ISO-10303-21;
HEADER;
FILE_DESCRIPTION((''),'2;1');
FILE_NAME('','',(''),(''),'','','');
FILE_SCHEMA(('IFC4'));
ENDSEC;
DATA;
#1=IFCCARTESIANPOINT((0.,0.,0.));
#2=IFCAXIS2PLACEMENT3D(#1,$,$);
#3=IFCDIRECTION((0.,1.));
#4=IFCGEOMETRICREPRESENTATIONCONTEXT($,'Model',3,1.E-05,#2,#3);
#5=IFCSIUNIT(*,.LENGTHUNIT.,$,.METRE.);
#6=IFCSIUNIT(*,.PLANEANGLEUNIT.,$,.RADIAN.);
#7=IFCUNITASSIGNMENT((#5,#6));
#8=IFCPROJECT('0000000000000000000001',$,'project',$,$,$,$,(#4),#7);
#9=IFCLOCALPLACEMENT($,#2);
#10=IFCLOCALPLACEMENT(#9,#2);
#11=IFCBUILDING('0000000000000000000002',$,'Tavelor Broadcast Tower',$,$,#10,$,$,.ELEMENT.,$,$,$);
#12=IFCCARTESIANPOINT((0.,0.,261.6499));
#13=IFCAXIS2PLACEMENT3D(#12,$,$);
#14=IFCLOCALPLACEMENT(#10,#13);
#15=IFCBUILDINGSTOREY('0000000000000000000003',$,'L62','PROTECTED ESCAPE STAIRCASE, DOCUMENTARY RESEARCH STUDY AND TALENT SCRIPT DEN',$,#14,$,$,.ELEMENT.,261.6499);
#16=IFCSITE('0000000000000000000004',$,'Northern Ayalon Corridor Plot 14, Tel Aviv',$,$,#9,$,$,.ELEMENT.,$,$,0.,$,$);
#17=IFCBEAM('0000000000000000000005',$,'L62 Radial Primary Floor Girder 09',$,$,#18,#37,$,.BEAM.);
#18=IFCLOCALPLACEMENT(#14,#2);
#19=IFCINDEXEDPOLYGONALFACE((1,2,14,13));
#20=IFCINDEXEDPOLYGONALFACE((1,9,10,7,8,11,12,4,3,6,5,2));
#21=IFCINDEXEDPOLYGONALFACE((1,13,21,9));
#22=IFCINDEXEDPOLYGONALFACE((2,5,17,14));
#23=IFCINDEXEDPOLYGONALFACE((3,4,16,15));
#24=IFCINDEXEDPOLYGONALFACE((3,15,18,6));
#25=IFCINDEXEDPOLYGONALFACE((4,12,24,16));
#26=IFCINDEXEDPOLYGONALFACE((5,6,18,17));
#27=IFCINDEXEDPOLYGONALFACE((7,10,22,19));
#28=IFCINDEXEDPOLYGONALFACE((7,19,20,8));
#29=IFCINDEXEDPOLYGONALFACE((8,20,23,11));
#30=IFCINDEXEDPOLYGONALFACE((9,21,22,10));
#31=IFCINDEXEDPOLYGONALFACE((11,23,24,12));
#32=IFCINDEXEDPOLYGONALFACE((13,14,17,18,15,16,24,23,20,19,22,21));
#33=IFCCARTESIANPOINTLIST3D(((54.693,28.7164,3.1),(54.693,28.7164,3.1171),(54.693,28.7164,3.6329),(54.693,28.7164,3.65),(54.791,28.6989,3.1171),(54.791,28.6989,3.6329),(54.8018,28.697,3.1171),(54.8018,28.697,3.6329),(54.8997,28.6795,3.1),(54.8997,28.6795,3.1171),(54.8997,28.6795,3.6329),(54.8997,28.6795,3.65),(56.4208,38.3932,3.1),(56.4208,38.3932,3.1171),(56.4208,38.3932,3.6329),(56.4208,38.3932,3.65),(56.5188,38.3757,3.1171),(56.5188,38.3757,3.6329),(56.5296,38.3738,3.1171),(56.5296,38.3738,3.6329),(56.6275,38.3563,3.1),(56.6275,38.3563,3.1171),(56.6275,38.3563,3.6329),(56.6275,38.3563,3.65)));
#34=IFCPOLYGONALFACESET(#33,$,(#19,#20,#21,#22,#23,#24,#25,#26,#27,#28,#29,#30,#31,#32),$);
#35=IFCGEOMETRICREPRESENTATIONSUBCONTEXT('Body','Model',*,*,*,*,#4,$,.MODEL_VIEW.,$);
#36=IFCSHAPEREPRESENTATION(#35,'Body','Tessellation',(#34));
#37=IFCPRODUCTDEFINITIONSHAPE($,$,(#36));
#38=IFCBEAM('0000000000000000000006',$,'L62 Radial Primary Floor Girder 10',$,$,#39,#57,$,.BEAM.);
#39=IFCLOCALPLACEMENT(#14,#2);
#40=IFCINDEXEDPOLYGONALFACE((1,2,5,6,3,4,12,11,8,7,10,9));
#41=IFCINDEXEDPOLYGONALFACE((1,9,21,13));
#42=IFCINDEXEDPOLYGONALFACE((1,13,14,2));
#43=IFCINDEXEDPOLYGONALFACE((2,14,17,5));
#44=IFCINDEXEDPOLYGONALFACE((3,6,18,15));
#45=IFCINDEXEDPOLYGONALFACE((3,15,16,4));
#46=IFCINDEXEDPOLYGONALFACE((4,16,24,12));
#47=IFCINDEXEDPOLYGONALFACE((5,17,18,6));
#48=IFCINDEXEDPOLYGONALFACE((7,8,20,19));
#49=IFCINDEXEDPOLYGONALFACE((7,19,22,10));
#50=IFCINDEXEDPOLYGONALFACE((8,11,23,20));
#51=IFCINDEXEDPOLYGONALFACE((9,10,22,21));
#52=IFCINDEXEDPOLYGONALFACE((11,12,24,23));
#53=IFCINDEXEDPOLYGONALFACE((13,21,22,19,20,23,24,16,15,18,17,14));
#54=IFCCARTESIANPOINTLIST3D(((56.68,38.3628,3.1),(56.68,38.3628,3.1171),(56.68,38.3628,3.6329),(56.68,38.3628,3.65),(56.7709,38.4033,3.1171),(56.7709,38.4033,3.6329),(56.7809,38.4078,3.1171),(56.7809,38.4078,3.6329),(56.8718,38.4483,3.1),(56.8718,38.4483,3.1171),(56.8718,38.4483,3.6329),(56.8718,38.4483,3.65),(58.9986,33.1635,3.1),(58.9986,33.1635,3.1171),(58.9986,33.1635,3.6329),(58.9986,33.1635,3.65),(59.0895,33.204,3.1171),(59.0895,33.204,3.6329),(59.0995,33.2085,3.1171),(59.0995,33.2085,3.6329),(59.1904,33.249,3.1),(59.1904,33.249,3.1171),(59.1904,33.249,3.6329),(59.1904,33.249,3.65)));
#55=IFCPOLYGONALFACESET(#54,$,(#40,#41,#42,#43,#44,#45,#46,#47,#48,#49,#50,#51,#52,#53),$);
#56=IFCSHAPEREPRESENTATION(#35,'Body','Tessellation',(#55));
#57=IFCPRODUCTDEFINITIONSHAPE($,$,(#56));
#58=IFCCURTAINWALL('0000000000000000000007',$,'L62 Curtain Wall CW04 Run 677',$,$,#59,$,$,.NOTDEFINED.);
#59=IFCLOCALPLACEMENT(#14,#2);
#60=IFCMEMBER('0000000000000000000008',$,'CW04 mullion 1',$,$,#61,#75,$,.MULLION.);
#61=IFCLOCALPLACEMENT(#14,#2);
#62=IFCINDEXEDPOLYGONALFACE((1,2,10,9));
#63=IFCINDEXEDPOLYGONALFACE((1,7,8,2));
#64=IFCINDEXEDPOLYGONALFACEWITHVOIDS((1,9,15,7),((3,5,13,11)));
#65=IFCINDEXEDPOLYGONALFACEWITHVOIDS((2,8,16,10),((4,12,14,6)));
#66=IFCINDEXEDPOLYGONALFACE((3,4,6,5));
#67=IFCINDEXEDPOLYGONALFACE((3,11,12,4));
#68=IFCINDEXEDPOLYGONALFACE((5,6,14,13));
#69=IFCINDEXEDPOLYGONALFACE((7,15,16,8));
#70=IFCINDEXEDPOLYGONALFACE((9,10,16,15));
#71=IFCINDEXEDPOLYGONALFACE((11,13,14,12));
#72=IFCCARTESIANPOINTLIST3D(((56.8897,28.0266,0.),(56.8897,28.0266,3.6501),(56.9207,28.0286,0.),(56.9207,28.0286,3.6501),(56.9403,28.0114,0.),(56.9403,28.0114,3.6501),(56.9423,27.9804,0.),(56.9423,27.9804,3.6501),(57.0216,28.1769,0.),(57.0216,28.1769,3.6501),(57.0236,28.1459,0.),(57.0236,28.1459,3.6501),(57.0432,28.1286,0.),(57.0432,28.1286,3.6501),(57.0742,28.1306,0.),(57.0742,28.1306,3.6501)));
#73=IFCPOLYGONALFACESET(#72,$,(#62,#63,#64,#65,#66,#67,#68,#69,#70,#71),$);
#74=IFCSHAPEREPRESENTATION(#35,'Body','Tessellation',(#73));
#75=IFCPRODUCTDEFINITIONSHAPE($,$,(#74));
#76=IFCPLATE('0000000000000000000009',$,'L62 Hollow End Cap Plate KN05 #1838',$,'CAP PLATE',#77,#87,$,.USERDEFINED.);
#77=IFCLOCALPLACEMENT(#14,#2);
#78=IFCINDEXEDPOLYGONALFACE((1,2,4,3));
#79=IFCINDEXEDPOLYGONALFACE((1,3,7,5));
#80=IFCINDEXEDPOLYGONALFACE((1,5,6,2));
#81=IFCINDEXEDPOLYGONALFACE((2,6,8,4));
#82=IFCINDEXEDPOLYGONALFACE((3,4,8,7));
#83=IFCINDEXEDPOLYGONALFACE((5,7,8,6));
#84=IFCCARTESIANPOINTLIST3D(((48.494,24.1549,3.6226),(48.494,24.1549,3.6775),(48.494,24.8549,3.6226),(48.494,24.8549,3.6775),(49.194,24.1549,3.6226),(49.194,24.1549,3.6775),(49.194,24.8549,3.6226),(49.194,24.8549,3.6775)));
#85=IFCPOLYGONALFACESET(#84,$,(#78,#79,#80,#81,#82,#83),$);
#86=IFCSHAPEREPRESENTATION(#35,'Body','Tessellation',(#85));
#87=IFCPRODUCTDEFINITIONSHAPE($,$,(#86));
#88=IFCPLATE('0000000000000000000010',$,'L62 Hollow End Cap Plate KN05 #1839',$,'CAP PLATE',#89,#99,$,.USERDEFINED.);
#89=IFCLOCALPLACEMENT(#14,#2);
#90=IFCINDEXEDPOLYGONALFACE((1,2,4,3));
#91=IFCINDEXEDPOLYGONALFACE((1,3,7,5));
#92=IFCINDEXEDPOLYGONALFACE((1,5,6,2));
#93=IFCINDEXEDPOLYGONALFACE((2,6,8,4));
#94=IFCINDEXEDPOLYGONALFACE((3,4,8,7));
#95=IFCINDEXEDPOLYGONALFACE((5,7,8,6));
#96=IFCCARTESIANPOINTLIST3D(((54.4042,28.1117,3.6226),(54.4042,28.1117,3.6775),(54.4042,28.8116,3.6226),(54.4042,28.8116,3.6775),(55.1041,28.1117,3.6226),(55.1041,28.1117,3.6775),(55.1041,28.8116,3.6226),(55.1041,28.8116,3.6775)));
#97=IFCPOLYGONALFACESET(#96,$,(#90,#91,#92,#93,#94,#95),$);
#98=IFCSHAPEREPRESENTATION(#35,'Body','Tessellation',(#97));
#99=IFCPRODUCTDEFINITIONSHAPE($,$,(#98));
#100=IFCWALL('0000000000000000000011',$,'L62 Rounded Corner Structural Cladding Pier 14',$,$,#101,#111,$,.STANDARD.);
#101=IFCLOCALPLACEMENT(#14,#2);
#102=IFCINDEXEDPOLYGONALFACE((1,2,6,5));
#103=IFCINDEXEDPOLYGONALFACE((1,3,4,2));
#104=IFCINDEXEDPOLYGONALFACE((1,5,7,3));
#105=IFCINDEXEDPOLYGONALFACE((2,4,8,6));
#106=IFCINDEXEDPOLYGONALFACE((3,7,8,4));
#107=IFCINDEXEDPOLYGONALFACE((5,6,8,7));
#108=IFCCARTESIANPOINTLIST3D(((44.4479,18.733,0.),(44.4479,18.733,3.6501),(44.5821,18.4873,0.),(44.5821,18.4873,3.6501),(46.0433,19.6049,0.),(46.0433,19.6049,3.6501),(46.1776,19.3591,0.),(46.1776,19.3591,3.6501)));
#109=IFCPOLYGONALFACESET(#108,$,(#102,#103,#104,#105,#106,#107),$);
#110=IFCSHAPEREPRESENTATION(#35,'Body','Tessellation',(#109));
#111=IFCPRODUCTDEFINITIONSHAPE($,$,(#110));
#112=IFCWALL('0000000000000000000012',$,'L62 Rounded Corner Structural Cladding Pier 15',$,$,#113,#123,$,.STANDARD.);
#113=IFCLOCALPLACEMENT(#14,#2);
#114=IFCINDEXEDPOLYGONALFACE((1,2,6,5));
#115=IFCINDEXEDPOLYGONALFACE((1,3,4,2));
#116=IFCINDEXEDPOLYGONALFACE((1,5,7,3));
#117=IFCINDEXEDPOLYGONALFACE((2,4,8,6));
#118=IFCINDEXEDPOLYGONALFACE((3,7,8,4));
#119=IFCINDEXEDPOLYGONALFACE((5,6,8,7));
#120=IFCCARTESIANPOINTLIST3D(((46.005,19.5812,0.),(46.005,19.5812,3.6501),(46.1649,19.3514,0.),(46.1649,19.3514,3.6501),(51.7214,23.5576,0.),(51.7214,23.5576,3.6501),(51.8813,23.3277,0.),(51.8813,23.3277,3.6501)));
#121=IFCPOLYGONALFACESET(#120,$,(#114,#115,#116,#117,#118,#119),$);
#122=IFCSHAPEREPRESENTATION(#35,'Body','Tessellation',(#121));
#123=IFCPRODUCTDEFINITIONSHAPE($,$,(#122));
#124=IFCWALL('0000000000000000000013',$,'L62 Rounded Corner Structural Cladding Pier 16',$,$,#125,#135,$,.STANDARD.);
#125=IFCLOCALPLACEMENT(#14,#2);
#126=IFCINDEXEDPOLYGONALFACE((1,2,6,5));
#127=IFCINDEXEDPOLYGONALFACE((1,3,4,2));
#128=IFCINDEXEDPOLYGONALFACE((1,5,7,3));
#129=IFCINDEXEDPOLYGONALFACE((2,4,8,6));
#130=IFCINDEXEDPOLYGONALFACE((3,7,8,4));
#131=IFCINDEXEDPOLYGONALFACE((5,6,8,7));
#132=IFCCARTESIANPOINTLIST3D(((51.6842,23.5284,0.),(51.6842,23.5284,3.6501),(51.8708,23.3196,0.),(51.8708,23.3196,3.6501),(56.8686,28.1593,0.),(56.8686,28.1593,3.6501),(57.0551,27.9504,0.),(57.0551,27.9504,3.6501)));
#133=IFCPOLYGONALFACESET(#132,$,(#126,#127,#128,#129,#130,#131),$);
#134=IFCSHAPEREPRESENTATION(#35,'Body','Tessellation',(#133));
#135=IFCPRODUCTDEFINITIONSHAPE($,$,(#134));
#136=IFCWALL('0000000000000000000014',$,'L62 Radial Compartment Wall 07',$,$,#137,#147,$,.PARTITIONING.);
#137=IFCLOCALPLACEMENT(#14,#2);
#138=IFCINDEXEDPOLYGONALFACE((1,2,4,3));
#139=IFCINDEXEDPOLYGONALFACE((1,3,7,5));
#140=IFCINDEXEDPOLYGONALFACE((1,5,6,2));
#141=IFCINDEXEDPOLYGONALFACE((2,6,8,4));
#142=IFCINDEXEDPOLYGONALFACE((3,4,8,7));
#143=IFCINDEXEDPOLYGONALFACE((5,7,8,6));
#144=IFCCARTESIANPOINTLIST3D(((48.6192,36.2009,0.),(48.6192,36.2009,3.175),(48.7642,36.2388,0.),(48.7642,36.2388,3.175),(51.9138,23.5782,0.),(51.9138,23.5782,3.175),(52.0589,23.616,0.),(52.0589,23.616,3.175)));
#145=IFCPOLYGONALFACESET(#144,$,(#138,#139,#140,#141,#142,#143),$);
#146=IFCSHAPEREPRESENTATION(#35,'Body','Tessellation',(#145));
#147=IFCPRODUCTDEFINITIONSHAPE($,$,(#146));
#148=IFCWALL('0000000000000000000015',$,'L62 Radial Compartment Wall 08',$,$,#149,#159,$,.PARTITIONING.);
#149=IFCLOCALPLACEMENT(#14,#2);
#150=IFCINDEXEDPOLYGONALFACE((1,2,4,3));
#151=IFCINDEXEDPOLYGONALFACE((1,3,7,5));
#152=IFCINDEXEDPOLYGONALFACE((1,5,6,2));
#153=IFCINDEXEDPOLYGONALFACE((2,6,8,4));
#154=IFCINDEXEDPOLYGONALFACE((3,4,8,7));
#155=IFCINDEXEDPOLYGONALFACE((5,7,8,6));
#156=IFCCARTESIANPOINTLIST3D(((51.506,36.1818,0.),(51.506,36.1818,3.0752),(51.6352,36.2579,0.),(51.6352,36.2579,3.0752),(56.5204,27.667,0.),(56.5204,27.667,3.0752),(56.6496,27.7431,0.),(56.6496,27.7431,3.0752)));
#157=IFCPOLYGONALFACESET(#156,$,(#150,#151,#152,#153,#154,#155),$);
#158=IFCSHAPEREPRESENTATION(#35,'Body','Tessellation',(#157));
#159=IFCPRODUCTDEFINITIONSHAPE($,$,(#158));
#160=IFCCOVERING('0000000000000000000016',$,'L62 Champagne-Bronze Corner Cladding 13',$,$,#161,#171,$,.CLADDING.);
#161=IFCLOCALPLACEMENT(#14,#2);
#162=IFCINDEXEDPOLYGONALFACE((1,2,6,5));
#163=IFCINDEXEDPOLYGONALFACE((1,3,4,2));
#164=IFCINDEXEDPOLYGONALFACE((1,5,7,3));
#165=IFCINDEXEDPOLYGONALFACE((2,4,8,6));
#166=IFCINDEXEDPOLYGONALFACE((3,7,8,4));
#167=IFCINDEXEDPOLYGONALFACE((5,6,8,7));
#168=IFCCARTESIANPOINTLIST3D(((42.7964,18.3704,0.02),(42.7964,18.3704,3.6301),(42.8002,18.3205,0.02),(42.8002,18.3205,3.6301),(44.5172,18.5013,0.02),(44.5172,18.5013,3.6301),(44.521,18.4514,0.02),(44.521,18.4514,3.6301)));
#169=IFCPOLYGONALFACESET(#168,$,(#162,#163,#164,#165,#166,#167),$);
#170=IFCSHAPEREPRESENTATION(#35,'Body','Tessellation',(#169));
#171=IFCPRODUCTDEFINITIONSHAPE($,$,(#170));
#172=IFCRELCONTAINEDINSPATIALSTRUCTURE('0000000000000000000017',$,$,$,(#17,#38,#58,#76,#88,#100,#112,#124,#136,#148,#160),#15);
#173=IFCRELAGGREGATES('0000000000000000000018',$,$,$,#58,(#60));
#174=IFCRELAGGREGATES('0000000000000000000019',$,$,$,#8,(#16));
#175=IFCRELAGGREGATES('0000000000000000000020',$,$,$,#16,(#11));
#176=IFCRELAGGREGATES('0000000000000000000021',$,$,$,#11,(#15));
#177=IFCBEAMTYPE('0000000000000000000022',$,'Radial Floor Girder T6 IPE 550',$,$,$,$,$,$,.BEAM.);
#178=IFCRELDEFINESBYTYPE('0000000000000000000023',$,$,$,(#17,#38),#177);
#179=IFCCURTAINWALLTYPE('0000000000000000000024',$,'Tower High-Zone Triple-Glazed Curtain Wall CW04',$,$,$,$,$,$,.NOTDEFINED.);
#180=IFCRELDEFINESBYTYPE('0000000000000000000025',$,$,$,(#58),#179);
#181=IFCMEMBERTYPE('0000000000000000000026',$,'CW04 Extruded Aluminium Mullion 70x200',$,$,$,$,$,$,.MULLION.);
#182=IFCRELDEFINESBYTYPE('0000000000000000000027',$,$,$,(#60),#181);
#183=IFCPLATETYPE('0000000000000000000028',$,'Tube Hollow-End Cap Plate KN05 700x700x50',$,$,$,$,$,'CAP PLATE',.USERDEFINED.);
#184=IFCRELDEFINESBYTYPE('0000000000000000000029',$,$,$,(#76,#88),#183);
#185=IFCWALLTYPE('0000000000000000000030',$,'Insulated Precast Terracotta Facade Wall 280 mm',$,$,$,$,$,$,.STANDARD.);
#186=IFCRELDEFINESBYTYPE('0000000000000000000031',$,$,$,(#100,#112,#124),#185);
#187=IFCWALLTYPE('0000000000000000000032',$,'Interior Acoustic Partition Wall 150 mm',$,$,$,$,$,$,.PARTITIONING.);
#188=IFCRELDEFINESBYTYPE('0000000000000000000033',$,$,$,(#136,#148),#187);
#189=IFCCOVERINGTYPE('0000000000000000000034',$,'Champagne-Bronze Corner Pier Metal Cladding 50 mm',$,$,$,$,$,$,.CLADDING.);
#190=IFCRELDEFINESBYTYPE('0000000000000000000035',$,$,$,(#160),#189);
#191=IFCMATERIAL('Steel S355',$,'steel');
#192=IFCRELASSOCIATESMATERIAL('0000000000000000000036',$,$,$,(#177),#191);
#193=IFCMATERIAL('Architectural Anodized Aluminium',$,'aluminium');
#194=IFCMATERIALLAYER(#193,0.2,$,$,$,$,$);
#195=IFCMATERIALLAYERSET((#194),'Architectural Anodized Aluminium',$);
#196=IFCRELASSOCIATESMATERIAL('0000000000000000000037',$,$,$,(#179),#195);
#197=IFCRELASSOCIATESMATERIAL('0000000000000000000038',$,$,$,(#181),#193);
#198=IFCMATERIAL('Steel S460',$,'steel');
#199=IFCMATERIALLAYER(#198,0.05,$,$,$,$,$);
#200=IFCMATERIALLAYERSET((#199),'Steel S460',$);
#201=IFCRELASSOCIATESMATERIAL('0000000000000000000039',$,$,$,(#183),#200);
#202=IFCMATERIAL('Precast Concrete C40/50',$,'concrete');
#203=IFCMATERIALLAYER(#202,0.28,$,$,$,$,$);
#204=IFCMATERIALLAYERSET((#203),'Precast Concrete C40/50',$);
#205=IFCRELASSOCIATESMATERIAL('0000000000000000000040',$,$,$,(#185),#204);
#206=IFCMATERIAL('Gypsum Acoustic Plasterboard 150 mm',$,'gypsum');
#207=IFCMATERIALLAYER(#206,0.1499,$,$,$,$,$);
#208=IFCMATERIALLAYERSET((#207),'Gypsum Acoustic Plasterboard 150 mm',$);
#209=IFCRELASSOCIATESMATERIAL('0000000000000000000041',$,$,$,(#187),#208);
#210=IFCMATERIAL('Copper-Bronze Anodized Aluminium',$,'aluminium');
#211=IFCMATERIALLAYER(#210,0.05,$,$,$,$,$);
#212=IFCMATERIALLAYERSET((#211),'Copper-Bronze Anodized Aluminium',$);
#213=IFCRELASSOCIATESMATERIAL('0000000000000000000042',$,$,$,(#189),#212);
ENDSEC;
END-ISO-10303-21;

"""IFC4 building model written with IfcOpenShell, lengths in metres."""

from ifc_helpers import new_model, si_unit, direction, frame, frame_2d, origin, origin_2d, place, context, subcontext, project, spatial, rectangle, hollow_rectangle, i_section, extrude, source, transform, mapped, material, layer, layer_set, material_profile, profile_set, type_object, type_shapes, element, aggregate, save


model = new_model("IFC4")

# Units and contexts
model_context = context("Model", 3, precision=1e-05, world=origin(), true_north=direction((0.0, 1.0)))
body_context = subcontext(model_context, "Body", "Model", "MODEL_VIEW")
ifc_project = project(units=[si_unit("LENGTHUNIT", "METRE"), si_unit("PLANEANGLEUNIT", "RADIAN")], contexts=[model_context])

# Site, building, storey
site_placement = place(None, origin())
site = spatial("IfcSite", under=ifc_project, at=site_placement, Name="Northern Ayalon Corridor Plot 14, Tel Aviv", CompositionType="ELEMENT", RefElevation=0.0)
building_placement = place(site_placement, origin())
building = spatial("IfcBuilding", under=site, at=building_placement, Name="Tavelor Broadcast Tower", CompositionType="ELEMENT")
storey_placement = place(building_placement, frame((0.0, 0.0, 261.6499)))
storey = spatial("IfcBuildingStorey", under=building, at=storey_placement, Name="L62", Description="PROTECTED ESCAPE STAIRCASE, DOCUMENTARY RESEARCH STUDY AND TALENT SCRIPT DEN", CompositionType="ELEMENT", Elevation=261.6499)

# Shared definitions
ifc_material_1 = material(Name="Steel S460", Category="steel")

# Beams
ifc_material_2 = material(Name="Steel S355", Category="steel")
ifc_material_profile_1 = material_profile(ifc_material_2, i_section(OverallWidth=0.21, OverallDepth=0.55, WebThickness=0.011, FlangeThickness=0.0171, at=origin_2d()), Name="IPE 550")
ifc_profile_set_1 = profile_set([ifc_material_profile_1], Name="Steel S355")
beam_type_1 = type_object("IfcBeamType", Name="Radial Floor Girder T6 IPE 550", PredefinedType="BEAM", material=ifc_profile_set_1)
beam_1_placement = place(storey_placement, frame((56.5242, 38.3748, 3.375), z_axis=(-0.17577, -0.984431, 0.0), x_axis=(0.984431, -0.17577, 0.0)))
element("IfcBeam", 1, at=beam_1_placement, inside=storey, type_object=beam_type_1, Name="L62 Radial Primary Floor Girder 09", PredefinedType="BEAM", context=body_context, shape_type="SweptSolid", body=[
    extrude(i_section(OverallWidth=0.21, OverallDepth=0.55, WebThickness=0.011, FlangeThickness=0.0171, at=origin_2d()), origin(), (0.0, 0.0, 1.0), 9.8298),
])
beam_2_placement = place(storey_placement, frame((56.7759, 38.4055, 3.375), z_axis=(0.407288, -0.9133, 0.0), x_axis=(0.9133, 0.407288, 0.0)))
element("IfcBeam", 2, at=beam_2_placement, inside=storey, type_object=beam_type_1, Name="L62 Radial Primary Floor Girder 10", PredefinedType="BEAM", context=body_context, shape_type="SweptSolid", body=[
    extrude(i_section(OverallWidth=0.21, OverallDepth=0.55, WebThickness=0.011, FlangeThickness=0.0171, at=origin_2d()), origin(), (0.0, 0.0, 1.0), 5.6929),
])

# Curtain wall, member
ifc_material_3 = material(Name="Architectural Anodized Aluminium", Category="aluminium")
ifc_layer_1 = layer(ifc_material_3, 0.2)
ifc_layer_set_1 = layer_set([ifc_layer_1], Name="Architectural Anodized Aluminium")
curtain_wall_type = type_object("IfcCurtainWallType", Name="Tower High-Zone Triple-Glazed Curtain Wall CW04", PredefinedType="NOTDEFINED", material=ifc_layer_set_1)
curtain_wall_placement = place(storey_placement, origin())
curtain_wall = element("IfcCurtainWall", 3, at=curtain_wall_placement, inside=storey, type_object=curtain_wall_type, Name="L62 Curtain Wall CW04 Run 677", PredefinedType="NOTDEFINED")
ifc_material_profile_2 = material_profile(ifc_material_3, hollow_rectangle(XDim=0.0701, YDim=0.2, WallThickness=0.022, at=origin_2d()), Name="RHS 70x200x22")
ifc_profile_set_2 = profile_set([ifc_material_profile_2], Name="Architectural Anodized Aluminium")
member_type = type_object("IfcMemberType", Name="CW04 Extruded Aluminium Mullion 70x200", PredefinedType="MULLION", material=ifc_profile_set_2)
shared_shape_1 = source(origin(), body_context, "Body", "SweptSolid", [
    extrude(hollow_rectangle(XDim=0.0701, YDim=0.2, WallThickness=0.022, at=origin_2d()), origin(), (0.0, 0.0, 1.0), 3.6501),
])
type_shapes(member_type, [shared_shape_1])
member_placement = place(storey_placement, frame((56.9819, 28.0786, 0.0), z_axis=(0.0, 0.0, 1.0), x_axis=(-0.751548, 0.659679, 0.0)))
member = element("IfcMember", 4, at=member_placement, type_object=member_type, Name="CW04 mullion 1", PredefinedType="MULLION", context=body_context, shape_type="MappedRepresentation", body=[
    mapped(shared_shape_1, transform((0.0, 0.0, 0.0), scale=1.0)),
])
aggregate(curtain_wall, [member])

# Plates
ifc_layer_2 = layer(ifc_material_1, 0.05)
ifc_layer_set_2 = layer_set([ifc_layer_2], Name="Steel S460")
plate_type = type_object("IfcPlateType", Name="Tube Hollow-End Cap Plate KN05 700x700x50", ElementType="CAP PLATE", PredefinedType="USERDEFINED", material=ifc_layer_set_2)
shared_shape_2 = source(origin(), body_context, "Body", "SweptSolid", [
    extrude(rectangle(XDim=0.7, YDim=0.7, at=origin_2d()), origin(), (0.0, 0.0, 1.0), 0.0549),
])
type_shapes(plate_type, [shared_shape_2])
for number, where, z_axis, x_axis, name in (
    (5, (48.844, 24.5049, 3.6226), (0.0, 0.0, 1.0), (1.0, 0.0, 0.0), "L62 Hollow End Cap Plate KN05 #1838"),
    (6, (54.7542, 28.4617, 3.6226), (0.0, 0.0, 1.0), (1.0, 0.0, 0.0), "L62 Hollow End Cap Plate KN05 #1839"),
):
    element("IfcPlate", number, at=place(storey_placement, frame(where, z_axis=z_axis, x_axis=x_axis)), inside=storey, type_object=plate_type, Name=name, ObjectType="CAP PLATE", PredefinedType="USERDEFINED", context=body_context, shape_type="MappedRepresentation", body=[
        mapped(shared_shape_2, transform((0.0, 0.0, 0.0), scale=1.0)),
    ])

# Walls
ifc_material_4 = material(Name="Precast Concrete C40/50", Category="concrete")
ifc_layer_3 = layer(ifc_material_4, 0.28)
ifc_layer_set_3 = layer_set([ifc_layer_3], Name="Precast Concrete C40/50")
wall_type_1 = type_object("IfcWallType", Name="Insulated Precast Terracotta Facade Wall 280 mm", PredefinedType="STANDARD", material=ifc_layer_set_3)
wall_1_placement = place(storey_placement, frame((44.5149, 18.6101, 0.0), z_axis=(0.0, 0.0, 1.0), x_axis=(0.877531, 0.47952, 0.0)))
element("IfcWall", 7, at=wall_1_placement, inside=storey, type_object=wall_type_1, Name="L62 Rounded Corner Structural Cladding Pier 14", PredefinedType="STANDARD", context=body_context, shape_type="SweptSolid", body=[
    extrude(rectangle(XDim=1.8181, YDim=0.28, at=frame_2d((0.9092, 0.0))), origin(), (0.0, 0.0, 1.0), 3.6501),
])
wall_2_placement = place(storey_placement, frame((46.085, 19.4663, 0.0), z_axis=(0.0, 0.0, 1.0), x_axis=(0.820922, 0.571041, 0.0)))
element("IfcWall", 8, at=wall_2_placement, inside=storey, type_object=wall_type_1, Name="L62 Rounded Corner Structural Cladding Pier 15", PredefinedType="STANDARD", context=body_context, shape_type="SweptSolid", body=[
    extrude(rectangle(XDim=6.9634, YDim=0.28, at=frame_2d((3.4817, 0.0))), origin(), (0.0, 0.0, 1.0), 3.6501),
])
wall_3_placement = place(storey_placement, frame((51.7776, 23.4241, 0.0), z_axis=(0.0, 0.0, 1.0), x_axis=(0.745795, 0.666176, 0.0)))
element("IfcWall", 9, at=wall_3_placement, inside=storey, type_object=wall_type_1, Name="L62 Rounded Corner Structural Cladding Pier 16", PredefinedType="STANDARD", context=body_context, shape_type="SweptSolid", body=[
    extrude(rectangle(XDim=6.9514, YDim=0.28, at=frame_2d((3.4756, 0.0))), origin(), (0.0, 0.0, 1.0), 3.6501),
])
ifc_material_5 = material(Name="Gypsum Acoustic Plasterboard 150 mm", Category="gypsum")
ifc_layer_4 = layer(ifc_material_5, 0.1499)
ifc_layer_set_4 = layer_set([ifc_layer_4], Name="Gypsum Acoustic Plasterboard 150 mm")
wall_type_2 = type_object("IfcWallType", Name="Interior Acoustic Partition Wall 150 mm", PredefinedType="PARTITIONING", material=ifc_layer_set_4)
wall_4_placement = place(storey_placement, frame((48.6917, 36.22, 0.0), z_axis=(0.0, 0.0, 1.0), x_axis=(0.252549, -0.967584, 0.0)))
element("IfcWall", 10, at=wall_4_placement, inside=storey, type_object=wall_type_2, Name="L62 Radial Compartment Wall 07", PredefinedType="PARTITIONING", context=body_context, shape_type="SweptSolid", body=[
    extrude(rectangle(XDim=13.0457, YDim=0.1499, at=frame_2d((6.5229, 0.0))), origin(), (0.0, 0.0, 1.0), 3.175),
])
wall_5_placement = place(storey_placement, frame((51.5706, 36.22, 0.0), z_axis=(0.0, 0.0, 1.0), x_axis=(0.507444, -0.861685, 0.0)))
element("IfcWall", 11, at=wall_5_placement, inside=storey, type_object=wall_type_2, Name="L62 Radial Compartment Wall 08", PredefinedType="PARTITIONING", context=body_context, shape_type="SweptSolid", body=[
    extrude(rectangle(XDim=9.8816, YDim=0.1499, at=frame_2d((4.9409, 0.0))), origin(), (0.0, 0.0, 1.0), 3.0752),
])

# Covering
ifc_material_6 = material(Name="Copper-Bronze Anodized Aluminium", Category="aluminium")
ifc_layer_5 = layer(ifc_material_6, 0.05)
ifc_layer_set_5 = layer_set([ifc_layer_5], Name="Copper-Bronze Anodized Aluminium")
covering_type = type_object("IfcCoveringType", Name="Champagne-Bronze Corner Pier Metal Cladding 50 mm", PredefinedType="CLADDING", material=ifc_layer_set_5)
covering_placement = place(storey_placement, frame((43.6587, 18.4109, 0.02), z_axis=(0.0, 0.0, 1.0), x_axis=(0.997119, 0.075849, 0.0)))
element("IfcCovering", 12, at=covering_placement, inside=storey, type_object=covering_type, Name="L62 Champagne-Bronze Corner Cladding 13", PredefinedType="CLADDING", context=body_context, shape_type="SweptSolid", body=[
    extrude(rectangle(XDim=1.7258, YDim=0.05, at=origin_2d()), origin(), (0.0, 0.0, 1.0), 3.6101),
])

save(model, "model.ifc")
